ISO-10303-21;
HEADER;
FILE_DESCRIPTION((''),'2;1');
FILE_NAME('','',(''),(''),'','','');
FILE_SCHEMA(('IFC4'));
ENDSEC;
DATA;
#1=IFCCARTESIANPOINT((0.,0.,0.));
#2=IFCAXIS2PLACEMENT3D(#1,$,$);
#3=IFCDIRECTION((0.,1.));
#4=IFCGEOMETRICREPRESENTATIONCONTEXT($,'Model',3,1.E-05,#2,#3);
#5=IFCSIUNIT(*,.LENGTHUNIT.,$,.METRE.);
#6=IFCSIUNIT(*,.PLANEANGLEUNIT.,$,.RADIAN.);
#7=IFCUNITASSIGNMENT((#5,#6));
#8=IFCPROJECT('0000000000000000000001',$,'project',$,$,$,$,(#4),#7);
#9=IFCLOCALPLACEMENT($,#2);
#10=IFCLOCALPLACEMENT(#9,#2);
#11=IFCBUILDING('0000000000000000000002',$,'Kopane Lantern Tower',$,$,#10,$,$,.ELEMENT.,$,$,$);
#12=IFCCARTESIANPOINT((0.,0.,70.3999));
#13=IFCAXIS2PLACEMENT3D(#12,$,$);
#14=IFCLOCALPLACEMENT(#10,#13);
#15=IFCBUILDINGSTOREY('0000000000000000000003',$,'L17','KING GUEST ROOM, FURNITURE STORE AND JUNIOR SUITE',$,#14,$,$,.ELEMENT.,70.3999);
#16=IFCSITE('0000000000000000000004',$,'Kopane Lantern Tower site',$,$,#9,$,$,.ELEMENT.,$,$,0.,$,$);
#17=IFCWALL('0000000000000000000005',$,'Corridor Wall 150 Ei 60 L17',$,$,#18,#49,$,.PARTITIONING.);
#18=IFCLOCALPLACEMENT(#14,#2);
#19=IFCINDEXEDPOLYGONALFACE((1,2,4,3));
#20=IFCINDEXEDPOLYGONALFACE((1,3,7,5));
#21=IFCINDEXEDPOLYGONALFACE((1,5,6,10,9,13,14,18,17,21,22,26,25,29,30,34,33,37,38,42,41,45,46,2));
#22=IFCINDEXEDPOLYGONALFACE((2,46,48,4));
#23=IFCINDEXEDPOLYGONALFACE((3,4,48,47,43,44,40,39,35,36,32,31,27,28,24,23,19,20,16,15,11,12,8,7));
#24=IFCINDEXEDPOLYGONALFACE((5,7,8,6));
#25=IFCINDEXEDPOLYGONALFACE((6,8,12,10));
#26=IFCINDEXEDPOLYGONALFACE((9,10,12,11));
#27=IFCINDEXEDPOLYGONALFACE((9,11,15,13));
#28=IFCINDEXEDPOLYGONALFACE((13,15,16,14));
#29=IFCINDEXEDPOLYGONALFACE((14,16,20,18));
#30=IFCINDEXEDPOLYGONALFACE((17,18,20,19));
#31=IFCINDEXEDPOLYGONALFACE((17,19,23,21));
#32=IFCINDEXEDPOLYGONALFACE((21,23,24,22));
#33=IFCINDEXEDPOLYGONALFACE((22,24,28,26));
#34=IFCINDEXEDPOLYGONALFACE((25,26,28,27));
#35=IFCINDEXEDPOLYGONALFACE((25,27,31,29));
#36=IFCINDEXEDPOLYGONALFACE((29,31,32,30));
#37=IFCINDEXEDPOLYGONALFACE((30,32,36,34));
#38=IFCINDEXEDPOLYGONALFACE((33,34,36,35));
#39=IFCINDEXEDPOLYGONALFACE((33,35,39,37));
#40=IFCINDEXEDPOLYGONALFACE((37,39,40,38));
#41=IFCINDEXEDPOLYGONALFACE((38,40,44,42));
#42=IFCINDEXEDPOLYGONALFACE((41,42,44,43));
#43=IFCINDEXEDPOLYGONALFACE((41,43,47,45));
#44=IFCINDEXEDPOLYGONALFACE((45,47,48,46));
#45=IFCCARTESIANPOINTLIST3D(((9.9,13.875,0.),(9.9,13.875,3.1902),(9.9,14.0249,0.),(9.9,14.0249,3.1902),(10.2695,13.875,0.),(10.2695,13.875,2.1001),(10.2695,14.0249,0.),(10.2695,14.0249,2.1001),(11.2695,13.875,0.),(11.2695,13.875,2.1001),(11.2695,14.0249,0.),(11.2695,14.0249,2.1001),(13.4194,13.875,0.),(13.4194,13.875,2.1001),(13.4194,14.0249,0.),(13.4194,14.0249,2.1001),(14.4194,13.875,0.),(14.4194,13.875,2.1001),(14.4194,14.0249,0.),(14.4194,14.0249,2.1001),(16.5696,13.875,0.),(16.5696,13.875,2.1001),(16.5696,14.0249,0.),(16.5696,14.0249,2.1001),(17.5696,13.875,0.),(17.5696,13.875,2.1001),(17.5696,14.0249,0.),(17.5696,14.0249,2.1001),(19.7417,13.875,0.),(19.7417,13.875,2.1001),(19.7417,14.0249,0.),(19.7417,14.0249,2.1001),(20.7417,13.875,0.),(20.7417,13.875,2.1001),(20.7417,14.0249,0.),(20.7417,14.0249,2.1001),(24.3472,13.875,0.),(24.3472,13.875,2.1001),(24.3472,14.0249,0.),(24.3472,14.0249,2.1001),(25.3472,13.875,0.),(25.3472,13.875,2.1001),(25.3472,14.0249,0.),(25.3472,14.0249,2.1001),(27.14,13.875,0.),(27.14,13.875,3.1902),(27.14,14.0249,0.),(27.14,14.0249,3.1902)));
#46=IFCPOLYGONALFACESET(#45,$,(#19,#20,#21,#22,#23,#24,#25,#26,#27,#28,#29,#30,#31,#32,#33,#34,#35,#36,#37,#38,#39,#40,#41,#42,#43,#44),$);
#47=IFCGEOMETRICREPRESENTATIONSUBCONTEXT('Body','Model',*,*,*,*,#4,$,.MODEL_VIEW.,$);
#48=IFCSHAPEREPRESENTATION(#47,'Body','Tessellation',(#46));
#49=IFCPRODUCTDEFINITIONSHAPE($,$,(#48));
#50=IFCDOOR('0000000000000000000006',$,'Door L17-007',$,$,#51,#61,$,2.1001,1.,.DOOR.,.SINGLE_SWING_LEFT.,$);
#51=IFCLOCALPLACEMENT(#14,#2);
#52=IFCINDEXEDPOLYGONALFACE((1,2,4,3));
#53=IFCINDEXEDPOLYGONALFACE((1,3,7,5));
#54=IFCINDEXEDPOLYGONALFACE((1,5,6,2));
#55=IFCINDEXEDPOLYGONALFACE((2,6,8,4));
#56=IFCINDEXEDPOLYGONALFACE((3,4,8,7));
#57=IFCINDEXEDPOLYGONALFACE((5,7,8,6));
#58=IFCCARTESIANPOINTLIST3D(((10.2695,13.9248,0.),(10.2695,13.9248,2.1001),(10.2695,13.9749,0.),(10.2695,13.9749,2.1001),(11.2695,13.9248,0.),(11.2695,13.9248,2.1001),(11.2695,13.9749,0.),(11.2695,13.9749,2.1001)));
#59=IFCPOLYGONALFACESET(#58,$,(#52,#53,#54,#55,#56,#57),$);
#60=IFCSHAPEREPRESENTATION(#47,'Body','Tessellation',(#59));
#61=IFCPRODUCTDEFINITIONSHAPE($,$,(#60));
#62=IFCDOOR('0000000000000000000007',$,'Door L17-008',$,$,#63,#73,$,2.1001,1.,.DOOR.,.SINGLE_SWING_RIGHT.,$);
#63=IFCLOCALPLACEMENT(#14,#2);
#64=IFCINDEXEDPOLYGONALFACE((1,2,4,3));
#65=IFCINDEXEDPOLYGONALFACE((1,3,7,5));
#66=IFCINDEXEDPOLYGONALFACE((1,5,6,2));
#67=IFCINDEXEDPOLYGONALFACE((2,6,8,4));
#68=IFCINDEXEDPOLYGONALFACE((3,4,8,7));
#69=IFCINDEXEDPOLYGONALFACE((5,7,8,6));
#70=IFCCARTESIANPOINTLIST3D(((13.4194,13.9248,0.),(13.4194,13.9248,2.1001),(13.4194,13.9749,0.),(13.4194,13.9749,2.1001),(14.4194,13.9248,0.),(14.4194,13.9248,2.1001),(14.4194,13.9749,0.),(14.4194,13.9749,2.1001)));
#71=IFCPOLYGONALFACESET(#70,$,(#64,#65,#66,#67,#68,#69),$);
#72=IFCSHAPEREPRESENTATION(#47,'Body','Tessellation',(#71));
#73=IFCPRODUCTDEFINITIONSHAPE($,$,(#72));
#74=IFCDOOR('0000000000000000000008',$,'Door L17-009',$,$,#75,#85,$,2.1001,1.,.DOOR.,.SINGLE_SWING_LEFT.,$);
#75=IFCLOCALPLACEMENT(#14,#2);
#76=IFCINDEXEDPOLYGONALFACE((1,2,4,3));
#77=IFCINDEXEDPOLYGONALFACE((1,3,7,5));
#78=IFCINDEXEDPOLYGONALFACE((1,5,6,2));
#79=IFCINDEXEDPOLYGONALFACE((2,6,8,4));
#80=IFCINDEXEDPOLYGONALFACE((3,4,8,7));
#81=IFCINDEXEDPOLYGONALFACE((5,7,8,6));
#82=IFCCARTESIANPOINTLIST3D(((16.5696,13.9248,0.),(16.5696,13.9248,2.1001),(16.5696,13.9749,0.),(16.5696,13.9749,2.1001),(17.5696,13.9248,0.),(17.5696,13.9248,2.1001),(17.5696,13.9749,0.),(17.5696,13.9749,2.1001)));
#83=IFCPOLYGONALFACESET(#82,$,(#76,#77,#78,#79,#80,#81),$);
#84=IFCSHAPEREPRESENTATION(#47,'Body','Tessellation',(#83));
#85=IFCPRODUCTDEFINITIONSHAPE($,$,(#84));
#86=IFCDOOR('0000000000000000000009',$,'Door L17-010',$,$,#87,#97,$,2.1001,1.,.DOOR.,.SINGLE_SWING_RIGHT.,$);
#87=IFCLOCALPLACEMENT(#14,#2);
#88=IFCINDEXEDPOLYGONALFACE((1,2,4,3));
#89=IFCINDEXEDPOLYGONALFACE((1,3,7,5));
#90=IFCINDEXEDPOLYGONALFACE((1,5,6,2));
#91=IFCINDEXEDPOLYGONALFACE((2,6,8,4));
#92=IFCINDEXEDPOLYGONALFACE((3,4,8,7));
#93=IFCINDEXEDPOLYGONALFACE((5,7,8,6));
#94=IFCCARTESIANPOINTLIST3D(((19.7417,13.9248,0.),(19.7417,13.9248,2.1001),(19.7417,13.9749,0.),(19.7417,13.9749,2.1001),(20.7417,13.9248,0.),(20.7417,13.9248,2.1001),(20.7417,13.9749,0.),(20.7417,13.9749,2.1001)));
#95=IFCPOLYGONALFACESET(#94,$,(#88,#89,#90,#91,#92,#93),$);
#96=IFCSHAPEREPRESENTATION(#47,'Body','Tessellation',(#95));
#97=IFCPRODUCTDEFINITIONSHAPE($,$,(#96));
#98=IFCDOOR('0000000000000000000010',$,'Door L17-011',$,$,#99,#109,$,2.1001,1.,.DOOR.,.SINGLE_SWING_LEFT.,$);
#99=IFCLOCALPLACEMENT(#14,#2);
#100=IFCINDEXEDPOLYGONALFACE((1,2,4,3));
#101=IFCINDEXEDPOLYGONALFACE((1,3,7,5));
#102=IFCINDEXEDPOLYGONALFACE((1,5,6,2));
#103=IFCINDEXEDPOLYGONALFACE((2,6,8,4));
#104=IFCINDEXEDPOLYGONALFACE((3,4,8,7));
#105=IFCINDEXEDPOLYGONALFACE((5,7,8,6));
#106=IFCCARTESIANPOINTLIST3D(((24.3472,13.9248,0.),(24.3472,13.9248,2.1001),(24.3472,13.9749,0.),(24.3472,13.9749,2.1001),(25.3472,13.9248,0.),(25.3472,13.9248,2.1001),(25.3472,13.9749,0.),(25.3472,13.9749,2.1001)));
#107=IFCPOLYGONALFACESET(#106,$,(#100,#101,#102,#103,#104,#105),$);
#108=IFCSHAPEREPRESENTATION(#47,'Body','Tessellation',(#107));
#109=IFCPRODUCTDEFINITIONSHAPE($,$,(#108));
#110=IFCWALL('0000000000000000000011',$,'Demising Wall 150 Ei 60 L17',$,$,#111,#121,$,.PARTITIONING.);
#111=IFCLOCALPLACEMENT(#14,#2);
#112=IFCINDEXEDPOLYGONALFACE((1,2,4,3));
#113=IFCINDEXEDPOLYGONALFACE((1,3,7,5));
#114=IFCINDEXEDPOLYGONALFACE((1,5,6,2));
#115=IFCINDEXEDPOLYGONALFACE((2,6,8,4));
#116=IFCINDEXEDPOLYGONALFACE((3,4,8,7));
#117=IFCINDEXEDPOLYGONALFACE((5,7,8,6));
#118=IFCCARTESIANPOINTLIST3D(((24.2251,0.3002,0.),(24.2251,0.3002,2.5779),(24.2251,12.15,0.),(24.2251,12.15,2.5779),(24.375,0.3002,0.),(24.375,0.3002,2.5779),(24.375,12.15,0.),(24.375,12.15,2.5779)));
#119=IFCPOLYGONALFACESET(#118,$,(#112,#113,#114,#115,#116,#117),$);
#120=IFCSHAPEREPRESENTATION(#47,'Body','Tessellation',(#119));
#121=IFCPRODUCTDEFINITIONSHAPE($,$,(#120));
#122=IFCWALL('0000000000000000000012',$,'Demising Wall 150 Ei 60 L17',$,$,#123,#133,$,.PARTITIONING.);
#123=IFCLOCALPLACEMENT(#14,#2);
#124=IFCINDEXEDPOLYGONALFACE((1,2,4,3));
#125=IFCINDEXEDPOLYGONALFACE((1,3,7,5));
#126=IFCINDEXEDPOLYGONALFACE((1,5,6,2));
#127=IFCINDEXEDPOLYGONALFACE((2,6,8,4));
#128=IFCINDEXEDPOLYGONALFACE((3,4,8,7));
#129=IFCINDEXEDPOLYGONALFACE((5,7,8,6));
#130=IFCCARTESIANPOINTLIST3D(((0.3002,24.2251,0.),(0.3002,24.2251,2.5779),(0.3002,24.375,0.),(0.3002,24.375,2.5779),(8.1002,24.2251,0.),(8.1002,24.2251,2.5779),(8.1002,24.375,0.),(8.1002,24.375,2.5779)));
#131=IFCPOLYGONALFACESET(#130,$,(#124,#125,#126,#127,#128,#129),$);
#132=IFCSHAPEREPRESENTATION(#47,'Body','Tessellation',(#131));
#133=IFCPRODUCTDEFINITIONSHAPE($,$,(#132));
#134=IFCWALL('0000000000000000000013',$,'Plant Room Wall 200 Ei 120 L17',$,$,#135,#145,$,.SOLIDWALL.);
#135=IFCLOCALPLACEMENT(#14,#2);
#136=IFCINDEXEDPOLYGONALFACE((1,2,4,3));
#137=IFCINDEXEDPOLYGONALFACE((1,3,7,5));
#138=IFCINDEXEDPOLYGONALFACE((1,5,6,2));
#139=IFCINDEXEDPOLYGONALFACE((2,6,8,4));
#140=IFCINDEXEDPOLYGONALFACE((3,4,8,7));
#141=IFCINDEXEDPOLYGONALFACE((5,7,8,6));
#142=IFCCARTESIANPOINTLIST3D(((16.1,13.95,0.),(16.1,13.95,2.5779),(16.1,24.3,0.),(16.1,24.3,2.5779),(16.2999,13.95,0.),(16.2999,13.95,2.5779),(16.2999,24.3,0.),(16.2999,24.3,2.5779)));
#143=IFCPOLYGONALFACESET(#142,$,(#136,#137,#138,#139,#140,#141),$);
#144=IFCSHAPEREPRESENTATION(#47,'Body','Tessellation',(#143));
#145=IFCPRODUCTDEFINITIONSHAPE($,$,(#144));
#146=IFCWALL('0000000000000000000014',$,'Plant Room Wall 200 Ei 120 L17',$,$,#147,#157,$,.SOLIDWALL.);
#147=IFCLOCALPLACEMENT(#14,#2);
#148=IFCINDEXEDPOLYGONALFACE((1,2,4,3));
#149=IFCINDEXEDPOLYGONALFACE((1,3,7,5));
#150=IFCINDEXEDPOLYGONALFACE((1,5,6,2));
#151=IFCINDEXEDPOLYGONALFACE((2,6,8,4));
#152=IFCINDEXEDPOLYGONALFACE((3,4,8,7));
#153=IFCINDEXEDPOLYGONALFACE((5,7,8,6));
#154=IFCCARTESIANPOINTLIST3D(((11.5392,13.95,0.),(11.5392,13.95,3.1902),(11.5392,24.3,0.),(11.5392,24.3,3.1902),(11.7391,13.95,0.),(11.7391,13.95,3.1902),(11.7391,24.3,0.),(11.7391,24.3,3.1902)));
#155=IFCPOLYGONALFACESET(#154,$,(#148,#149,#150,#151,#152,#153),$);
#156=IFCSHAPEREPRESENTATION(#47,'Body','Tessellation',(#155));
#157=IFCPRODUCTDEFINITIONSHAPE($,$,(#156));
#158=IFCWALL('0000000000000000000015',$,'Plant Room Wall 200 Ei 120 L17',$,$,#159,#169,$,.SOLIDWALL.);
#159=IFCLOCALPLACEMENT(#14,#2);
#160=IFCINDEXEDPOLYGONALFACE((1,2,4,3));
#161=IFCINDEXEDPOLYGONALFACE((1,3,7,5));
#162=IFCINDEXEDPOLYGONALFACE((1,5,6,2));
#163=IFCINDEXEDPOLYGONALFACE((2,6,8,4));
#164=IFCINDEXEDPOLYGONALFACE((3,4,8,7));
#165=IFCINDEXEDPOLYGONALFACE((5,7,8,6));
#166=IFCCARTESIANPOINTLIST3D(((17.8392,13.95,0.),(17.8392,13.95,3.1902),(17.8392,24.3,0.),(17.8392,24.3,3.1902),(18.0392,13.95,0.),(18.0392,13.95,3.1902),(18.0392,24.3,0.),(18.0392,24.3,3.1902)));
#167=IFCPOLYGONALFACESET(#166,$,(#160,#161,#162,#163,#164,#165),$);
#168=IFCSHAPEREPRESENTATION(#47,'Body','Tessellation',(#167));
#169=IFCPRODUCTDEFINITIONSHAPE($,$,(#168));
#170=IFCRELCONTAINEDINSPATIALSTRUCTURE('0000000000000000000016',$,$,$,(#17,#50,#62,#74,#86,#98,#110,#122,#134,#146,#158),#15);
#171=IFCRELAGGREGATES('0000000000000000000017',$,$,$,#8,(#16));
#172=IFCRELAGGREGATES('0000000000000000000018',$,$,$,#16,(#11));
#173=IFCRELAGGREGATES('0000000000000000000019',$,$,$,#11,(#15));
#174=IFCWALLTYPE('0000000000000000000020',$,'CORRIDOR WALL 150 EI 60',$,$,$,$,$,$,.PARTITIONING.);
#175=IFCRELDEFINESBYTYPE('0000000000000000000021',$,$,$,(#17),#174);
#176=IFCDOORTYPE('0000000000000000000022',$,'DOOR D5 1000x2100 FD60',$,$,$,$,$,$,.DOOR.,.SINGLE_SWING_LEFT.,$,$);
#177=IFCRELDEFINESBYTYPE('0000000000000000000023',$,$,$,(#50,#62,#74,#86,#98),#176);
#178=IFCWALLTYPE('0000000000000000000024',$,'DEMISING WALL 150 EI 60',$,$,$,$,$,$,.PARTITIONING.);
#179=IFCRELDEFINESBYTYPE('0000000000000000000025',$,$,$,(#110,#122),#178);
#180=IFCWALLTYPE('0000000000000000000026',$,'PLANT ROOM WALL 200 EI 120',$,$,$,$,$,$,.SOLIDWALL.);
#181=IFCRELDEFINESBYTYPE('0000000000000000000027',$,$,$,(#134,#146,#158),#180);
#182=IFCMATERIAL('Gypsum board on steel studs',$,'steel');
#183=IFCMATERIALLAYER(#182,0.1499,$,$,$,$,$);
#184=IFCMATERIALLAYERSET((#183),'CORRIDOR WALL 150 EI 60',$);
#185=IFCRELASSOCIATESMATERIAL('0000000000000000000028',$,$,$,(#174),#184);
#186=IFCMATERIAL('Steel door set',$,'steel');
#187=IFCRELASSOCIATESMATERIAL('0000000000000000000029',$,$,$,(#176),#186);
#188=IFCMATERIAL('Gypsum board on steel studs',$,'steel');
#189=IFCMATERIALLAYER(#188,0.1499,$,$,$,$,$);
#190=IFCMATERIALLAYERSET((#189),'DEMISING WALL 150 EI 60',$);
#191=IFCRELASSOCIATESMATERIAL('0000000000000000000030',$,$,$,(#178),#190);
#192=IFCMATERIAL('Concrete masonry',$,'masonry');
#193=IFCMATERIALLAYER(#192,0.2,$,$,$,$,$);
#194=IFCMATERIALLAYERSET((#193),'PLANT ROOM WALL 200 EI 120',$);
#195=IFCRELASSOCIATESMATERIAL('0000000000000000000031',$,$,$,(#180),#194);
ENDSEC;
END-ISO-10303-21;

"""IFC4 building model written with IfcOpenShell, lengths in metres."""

from ifc_helpers import new_model, si_unit, direction, frame, frame_2d, origin, place, context, subcontext, project, spatial, rectangle, extrude, material, layer, layer_set, type_object, element, fill, save


model = new_model("IFC4")

# Units and contexts
model_context = context("Model", 3, precision=1e-05, world=origin(), true_north=direction((0.0, 1.0)))
body_context = subcontext(model_context, "Body", "Model", "MODEL_VIEW")
ifc_project = project(units=[si_unit("LENGTHUNIT", "METRE"), si_unit("PLANEANGLEUNIT", "RADIAN")], contexts=[model_context])

# Site, building, storey
site_placement = place(None, origin())
site = spatial("IfcSite", under=ifc_project, at=site_placement, Name="Kopane Lantern Tower site", CompositionType="ELEMENT", RefElevation=0.0)
building_placement = place(site_placement, origin())
building = spatial("IfcBuilding", under=site, at=building_placement, Name="Kopane Lantern Tower", CompositionType="ELEMENT")
storey_placement = place(building_placement, frame((0.0, 0.0, 70.3999)))
storey = spatial("IfcBuildingStorey", under=building, at=storey_placement, Name="L17", Description="KING GUEST ROOM, FURNITURE STORE AND JUNIOR SUITE", CompositionType="ELEMENT", Elevation=70.3999)

# Wall, openings, doors
ifc_material_1 = material(Name="Gypsum board on steel studs", Category="steel")
ifc_layer_1 = layer(ifc_material_1, 0.1499)
ifc_layer_set_1 = layer_set([ifc_layer_1], Name="CORRIDOR WALL 150 EI 60")
wall_type_1 = type_object("IfcWallType", Name="CORRIDOR WALL 150 EI 60", PredefinedType="PARTITIONING", material=ifc_layer_set_1)
wall_1_placement = place(storey_placement, frame((9.8999, 13.95, 0.0), z_axis=(0.0, 0.0, 1.0), x_axis=(1.0, 0.0, 0.0)))
wall_1 = element("IfcWall", 1, at=wall_1_placement, inside=storey, type_object=wall_type_1, Name="Corridor Wall 150 Ei 60 L17", PredefinedType="PARTITIONING", context=body_context, shape_type="SweptSolid", body=[
    extrude(rectangle(XDim=17.24, YDim=0.1499, at=frame_2d((8.6201, 0.0))), origin(), (0.0, 0.0, 1.0), 3.1902),
])
opening_1_placement = place(wall_1_placement, frame((0.3696, 0.0, 0.0)))
opening_1 = element("IfcOpeningElement", 2, at=opening_1_placement, cuts=wall_1, PredefinedType="OPENING", context=body_context, shape_type="SweptSolid", body=[
    extrude(rectangle(XDim=1.0, YDim=2.1001, at=frame_2d((0.5, 1.05))), frame((0.0, 0.085, 0.0), z_axis=(0.0, -1.0, 0.0), x_axis=(1.0, 0.0, 0.0)), (0.0, 0.0, 1.0), 0.1699),
])
opening_2_placement = place(wall_1_placement, frame((3.5195, 0.0, 0.0)))
opening_2 = element("IfcOpeningElement", 3, at=opening_2_placement, cuts=wall_1, PredefinedType="OPENING", context=body_context, shape_type="SweptSolid", body=[
    extrude(rectangle(XDim=1.0, YDim=2.1001, at=frame_2d((0.5, 1.05))), frame((0.0, 0.085, 0.0), z_axis=(0.0, -1.0, 0.0), x_axis=(1.0, 0.0, 0.0)), (0.0, 0.0, 1.0), 0.1699),
])
opening_3_placement = place(wall_1_placement, frame((6.6697, 0.0, 0.0)))
opening_3 = element("IfcOpeningElement", 4, at=opening_3_placement, cuts=wall_1, PredefinedType="OPENING", context=body_context, shape_type="SweptSolid", body=[
    extrude(rectangle(XDim=1.0, YDim=2.1001, at=frame_2d((0.5, 1.05))), frame((0.0, 0.085, 0.0), z_axis=(0.0, -1.0, 0.0), x_axis=(1.0, 0.0, 0.0)), (0.0, 0.0, 1.0), 0.1699),
])
opening_4_placement = place(wall_1_placement, frame((9.8418, 0.0, 0.0)))
opening_4 = element("IfcOpeningElement", 5, at=opening_4_placement, cuts=wall_1, PredefinedType="OPENING", context=body_context, shape_type="SweptSolid", body=[
    extrude(rectangle(XDim=1.0, YDim=2.1001, at=frame_2d((0.5, 1.05))), frame((0.0, 0.085, 0.0), z_axis=(0.0, -1.0, 0.0), x_axis=(1.0, 0.0, 0.0)), (0.0, 0.0, 1.0), 0.1699),
])
opening_5_placement = place(wall_1_placement, frame((14.4473, 0.0, 0.0)))
opening_5 = element("IfcOpeningElement", 6, at=opening_5_placement, cuts=wall_1, PredefinedType="OPENING", context=body_context, shape_type="SweptSolid", body=[
    extrude(rectangle(XDim=1.0, YDim=2.1001, at=frame_2d((0.5, 1.05))), frame((0.0, 0.085, 0.0), z_axis=(0.0, -1.0, 0.0), x_axis=(1.0, 0.0, 0.0)), (0.0, 0.0, 1.0), 0.1699),
])
ifc_material_2 = material(Name="Steel door set", Category="steel")
door_type_1 = type_object("IfcDoorType", Name="DOOR D5 1000x2100 FD60", OperationType="SINGLE_SWING_LEFT", PredefinedType="DOOR", material=ifc_material_2)
door_1_placement = place(opening_1_placement, origin())
door_1 = element("IfcDoor", 7, at=door_1_placement, inside=storey, type_object=door_type_1, Name="Door L17-007", OperationType="SINGLE_SWING_LEFT", OverallHeight=2.1001, OverallWidth=1.0, PredefinedType="DOOR", context=body_context, shape_type="SweptSolid", body=[
    extrude(rectangle(XDim=1.0, YDim=2.1001, at=frame_2d((0.5, 1.05))), frame((0.0, 0.0249, 0.0), z_axis=(0.0, -1.0, 0.0), x_axis=(1.0, 0.0, 0.0)), (0.0, 0.0, 1.0), 0.05),
])
fill(opening_1, door_1)
door_2_placement = place(opening_2_placement, origin())
door_2 = element("IfcDoor", 8, at=door_2_placement, inside=storey, type_object=door_type_1, Name="Door L17-008", OperationType="SINGLE_SWING_RIGHT", OverallHeight=2.1001, OverallWidth=1.0, PredefinedType="DOOR", context=body_context, shape_type="SweptSolid", body=[
    extrude(rectangle(XDim=1.0, YDim=2.1001, at=frame_2d((0.5, 1.05))), frame((0.0, 0.0249, 0.0), z_axis=(0.0, -1.0, 0.0), x_axis=(1.0, 0.0, 0.0)), (0.0, 0.0, 1.0), 0.05),
])
fill(opening_2, door_2)
door_3_placement = place(opening_3_placement, origin())
door_3 = element("IfcDoor", 9, at=door_3_placement, inside=storey, type_object=door_type_1, Name="Door L17-009", OperationType="SINGLE_SWING_LEFT", OverallHeight=2.1001, OverallWidth=1.0, PredefinedType="DOOR", context=body_context, shape_type="SweptSolid", body=[
    extrude(rectangle(XDim=1.0, YDim=2.1001, at=frame_2d((0.5, 1.05))), frame((0.0, 0.0249, 0.0), z_axis=(0.0, -1.0, 0.0), x_axis=(1.0, 0.0, 0.0)), (0.0, 0.0, 1.0), 0.05),
])
fill(opening_3, door_3)
door_4_placement = place(opening_4_placement, origin())
door_4 = element("IfcDoor", 10, at=door_4_placement, inside=storey, type_object=door_type_1, Name="Door L17-010", OperationType="SINGLE_SWING_RIGHT", OverallHeight=2.1001, OverallWidth=1.0, PredefinedType="DOOR", context=body_context, shape_type="SweptSolid", body=[
    extrude(rectangle(XDim=1.0, YDim=2.1001, at=frame_2d((0.5, 1.05))), frame((0.0, 0.0249, 0.0), z_axis=(0.0, -1.0, 0.0), x_axis=(1.0, 0.0, 0.0)), (0.0, 0.0, 1.0), 0.05),
])
fill(opening_4, door_4)
door_5_placement = place(opening_5_placement, origin())
door_5 = element("IfcDoor", 11, at=door_5_placement, inside=storey, type_object=door_type_1, Name="Door L17-011", OperationType="SINGLE_SWING_LEFT", OverallHeight=2.1001, OverallWidth=1.0, PredefinedType="DOOR", context=body_context, shape_type="SweptSolid", body=[
    extrude(rectangle(XDim=1.0, YDim=2.1001, at=frame_2d((0.5, 1.05))), frame((0.0, 0.0249, 0.0), z_axis=(0.0, -1.0, 0.0), x_axis=(1.0, 0.0, 0.0)), (0.0, 0.0, 1.0), 0.05),
])
fill(opening_5, door_5)

# Walls
ifc_material_3 = material(Name="Gypsum board on steel studs", Category="steel")
ifc_layer_2 = layer(ifc_material_3, 0.1499)
ifc_layer_set_2 = layer_set([ifc_layer_2], Name="DEMISING WALL 150 EI 60")
wall_type_2 = type_object("IfcWallType", Name="DEMISING WALL 150 EI 60", PredefinedType="PARTITIONING", material=ifc_layer_set_2)
wall_2_placement = place(storey_placement, frame((24.3, 12.1499, 0.0), z_axis=(0.0, 0.0, 1.0), x_axis=(0.0, -1.0, 0.0)))
element("IfcWall", 12, at=wall_2_placement, inside=storey, type_object=wall_type_2, Name="Demising Wall 150 Ei 60 L17", PredefinedType="PARTITIONING", context=body_context, shape_type="SweptSolid", body=[
    extrude(rectangle(XDim=11.8499, YDim=0.1499, at=frame_2d((5.9248, 0.0))), origin(), (0.0, 0.0, 1.0), 2.5779),
])
wall_3_placement = place(storey_placement, frame((8.1001, 24.3, 0.0), z_axis=(0.0, 0.0, 1.0), x_axis=(-1.0, 0.0, 0.0)))
element("IfcWall", 13, at=wall_3_placement, inside=storey, type_object=wall_type_2, Name="Demising Wall 150 Ei 60 L17", PredefinedType="PARTITIONING", context=body_context, shape_type="SweptSolid", body=[
    extrude(rectangle(XDim=7.8, YDim=0.1499, at=frame_2d((3.8999, 0.0))), origin(), (0.0, 0.0, 1.0), 2.5779),
])
ifc_material_4 = material(Name="Concrete masonry", Category="masonry")
ifc_layer_3 = layer(ifc_material_4, 0.2)
ifc_layer_set_3 = layer_set([ifc_layer_3], Name="PLANT ROOM WALL 200 EI 120")
wall_type_3 = type_object("IfcWallType", Name="PLANT ROOM WALL 200 EI 120", PredefinedType="SOLIDWALL", material=ifc_layer_set_3)
wall_4_placement = place(storey_placement, frame((16.2, 13.95, 0.0), z_axis=(0.0, 0.0, 1.0), x_axis=(0.0, 1.0, 0.0)))
element("IfcWall", 14, at=wall_4_placement, inside=storey, type_object=wall_type_3, Name="Plant Room Wall 200 Ei 120 L17", PredefinedType="SOLIDWALL", context=body_context, shape_type="SweptSolid", body=[
    extrude(rectangle(XDim=10.3501, YDim=0.2, at=frame_2d((5.175, 0.0))), origin(), (0.0, 0.0, 1.0), 2.5779),
])
for number, where, z_axis, x_axis, name in (
    (15, (11.6392, 13.95, 0.0), (0.0, 0.0, 1.0), (0.0, 1.0, 0.0), "Plant Room Wall 200 Ei 120 L17"),
    (16, (17.9392, 13.95, 0.0), (0.0, 0.0, 1.0), (0.0, 1.0, 0.0), "Plant Room Wall 200 Ei 120 L17"),
):
    element("IfcWall", number, at=place(storey_placement, frame(where, z_axis=z_axis, x_axis=x_axis)), inside=storey, type_object=wall_type_3, Name=name, PredefinedType="SOLIDWALL", context=body_context, shape_type="SweptSolid", body=[
        extrude(rectangle(XDim=10.3501, YDim=0.2, at=frame_2d((5.175, 0.0))), origin(), (0.0, 0.0, 1.0), 3.1902),
    ])

save(model, "model.ifc")
